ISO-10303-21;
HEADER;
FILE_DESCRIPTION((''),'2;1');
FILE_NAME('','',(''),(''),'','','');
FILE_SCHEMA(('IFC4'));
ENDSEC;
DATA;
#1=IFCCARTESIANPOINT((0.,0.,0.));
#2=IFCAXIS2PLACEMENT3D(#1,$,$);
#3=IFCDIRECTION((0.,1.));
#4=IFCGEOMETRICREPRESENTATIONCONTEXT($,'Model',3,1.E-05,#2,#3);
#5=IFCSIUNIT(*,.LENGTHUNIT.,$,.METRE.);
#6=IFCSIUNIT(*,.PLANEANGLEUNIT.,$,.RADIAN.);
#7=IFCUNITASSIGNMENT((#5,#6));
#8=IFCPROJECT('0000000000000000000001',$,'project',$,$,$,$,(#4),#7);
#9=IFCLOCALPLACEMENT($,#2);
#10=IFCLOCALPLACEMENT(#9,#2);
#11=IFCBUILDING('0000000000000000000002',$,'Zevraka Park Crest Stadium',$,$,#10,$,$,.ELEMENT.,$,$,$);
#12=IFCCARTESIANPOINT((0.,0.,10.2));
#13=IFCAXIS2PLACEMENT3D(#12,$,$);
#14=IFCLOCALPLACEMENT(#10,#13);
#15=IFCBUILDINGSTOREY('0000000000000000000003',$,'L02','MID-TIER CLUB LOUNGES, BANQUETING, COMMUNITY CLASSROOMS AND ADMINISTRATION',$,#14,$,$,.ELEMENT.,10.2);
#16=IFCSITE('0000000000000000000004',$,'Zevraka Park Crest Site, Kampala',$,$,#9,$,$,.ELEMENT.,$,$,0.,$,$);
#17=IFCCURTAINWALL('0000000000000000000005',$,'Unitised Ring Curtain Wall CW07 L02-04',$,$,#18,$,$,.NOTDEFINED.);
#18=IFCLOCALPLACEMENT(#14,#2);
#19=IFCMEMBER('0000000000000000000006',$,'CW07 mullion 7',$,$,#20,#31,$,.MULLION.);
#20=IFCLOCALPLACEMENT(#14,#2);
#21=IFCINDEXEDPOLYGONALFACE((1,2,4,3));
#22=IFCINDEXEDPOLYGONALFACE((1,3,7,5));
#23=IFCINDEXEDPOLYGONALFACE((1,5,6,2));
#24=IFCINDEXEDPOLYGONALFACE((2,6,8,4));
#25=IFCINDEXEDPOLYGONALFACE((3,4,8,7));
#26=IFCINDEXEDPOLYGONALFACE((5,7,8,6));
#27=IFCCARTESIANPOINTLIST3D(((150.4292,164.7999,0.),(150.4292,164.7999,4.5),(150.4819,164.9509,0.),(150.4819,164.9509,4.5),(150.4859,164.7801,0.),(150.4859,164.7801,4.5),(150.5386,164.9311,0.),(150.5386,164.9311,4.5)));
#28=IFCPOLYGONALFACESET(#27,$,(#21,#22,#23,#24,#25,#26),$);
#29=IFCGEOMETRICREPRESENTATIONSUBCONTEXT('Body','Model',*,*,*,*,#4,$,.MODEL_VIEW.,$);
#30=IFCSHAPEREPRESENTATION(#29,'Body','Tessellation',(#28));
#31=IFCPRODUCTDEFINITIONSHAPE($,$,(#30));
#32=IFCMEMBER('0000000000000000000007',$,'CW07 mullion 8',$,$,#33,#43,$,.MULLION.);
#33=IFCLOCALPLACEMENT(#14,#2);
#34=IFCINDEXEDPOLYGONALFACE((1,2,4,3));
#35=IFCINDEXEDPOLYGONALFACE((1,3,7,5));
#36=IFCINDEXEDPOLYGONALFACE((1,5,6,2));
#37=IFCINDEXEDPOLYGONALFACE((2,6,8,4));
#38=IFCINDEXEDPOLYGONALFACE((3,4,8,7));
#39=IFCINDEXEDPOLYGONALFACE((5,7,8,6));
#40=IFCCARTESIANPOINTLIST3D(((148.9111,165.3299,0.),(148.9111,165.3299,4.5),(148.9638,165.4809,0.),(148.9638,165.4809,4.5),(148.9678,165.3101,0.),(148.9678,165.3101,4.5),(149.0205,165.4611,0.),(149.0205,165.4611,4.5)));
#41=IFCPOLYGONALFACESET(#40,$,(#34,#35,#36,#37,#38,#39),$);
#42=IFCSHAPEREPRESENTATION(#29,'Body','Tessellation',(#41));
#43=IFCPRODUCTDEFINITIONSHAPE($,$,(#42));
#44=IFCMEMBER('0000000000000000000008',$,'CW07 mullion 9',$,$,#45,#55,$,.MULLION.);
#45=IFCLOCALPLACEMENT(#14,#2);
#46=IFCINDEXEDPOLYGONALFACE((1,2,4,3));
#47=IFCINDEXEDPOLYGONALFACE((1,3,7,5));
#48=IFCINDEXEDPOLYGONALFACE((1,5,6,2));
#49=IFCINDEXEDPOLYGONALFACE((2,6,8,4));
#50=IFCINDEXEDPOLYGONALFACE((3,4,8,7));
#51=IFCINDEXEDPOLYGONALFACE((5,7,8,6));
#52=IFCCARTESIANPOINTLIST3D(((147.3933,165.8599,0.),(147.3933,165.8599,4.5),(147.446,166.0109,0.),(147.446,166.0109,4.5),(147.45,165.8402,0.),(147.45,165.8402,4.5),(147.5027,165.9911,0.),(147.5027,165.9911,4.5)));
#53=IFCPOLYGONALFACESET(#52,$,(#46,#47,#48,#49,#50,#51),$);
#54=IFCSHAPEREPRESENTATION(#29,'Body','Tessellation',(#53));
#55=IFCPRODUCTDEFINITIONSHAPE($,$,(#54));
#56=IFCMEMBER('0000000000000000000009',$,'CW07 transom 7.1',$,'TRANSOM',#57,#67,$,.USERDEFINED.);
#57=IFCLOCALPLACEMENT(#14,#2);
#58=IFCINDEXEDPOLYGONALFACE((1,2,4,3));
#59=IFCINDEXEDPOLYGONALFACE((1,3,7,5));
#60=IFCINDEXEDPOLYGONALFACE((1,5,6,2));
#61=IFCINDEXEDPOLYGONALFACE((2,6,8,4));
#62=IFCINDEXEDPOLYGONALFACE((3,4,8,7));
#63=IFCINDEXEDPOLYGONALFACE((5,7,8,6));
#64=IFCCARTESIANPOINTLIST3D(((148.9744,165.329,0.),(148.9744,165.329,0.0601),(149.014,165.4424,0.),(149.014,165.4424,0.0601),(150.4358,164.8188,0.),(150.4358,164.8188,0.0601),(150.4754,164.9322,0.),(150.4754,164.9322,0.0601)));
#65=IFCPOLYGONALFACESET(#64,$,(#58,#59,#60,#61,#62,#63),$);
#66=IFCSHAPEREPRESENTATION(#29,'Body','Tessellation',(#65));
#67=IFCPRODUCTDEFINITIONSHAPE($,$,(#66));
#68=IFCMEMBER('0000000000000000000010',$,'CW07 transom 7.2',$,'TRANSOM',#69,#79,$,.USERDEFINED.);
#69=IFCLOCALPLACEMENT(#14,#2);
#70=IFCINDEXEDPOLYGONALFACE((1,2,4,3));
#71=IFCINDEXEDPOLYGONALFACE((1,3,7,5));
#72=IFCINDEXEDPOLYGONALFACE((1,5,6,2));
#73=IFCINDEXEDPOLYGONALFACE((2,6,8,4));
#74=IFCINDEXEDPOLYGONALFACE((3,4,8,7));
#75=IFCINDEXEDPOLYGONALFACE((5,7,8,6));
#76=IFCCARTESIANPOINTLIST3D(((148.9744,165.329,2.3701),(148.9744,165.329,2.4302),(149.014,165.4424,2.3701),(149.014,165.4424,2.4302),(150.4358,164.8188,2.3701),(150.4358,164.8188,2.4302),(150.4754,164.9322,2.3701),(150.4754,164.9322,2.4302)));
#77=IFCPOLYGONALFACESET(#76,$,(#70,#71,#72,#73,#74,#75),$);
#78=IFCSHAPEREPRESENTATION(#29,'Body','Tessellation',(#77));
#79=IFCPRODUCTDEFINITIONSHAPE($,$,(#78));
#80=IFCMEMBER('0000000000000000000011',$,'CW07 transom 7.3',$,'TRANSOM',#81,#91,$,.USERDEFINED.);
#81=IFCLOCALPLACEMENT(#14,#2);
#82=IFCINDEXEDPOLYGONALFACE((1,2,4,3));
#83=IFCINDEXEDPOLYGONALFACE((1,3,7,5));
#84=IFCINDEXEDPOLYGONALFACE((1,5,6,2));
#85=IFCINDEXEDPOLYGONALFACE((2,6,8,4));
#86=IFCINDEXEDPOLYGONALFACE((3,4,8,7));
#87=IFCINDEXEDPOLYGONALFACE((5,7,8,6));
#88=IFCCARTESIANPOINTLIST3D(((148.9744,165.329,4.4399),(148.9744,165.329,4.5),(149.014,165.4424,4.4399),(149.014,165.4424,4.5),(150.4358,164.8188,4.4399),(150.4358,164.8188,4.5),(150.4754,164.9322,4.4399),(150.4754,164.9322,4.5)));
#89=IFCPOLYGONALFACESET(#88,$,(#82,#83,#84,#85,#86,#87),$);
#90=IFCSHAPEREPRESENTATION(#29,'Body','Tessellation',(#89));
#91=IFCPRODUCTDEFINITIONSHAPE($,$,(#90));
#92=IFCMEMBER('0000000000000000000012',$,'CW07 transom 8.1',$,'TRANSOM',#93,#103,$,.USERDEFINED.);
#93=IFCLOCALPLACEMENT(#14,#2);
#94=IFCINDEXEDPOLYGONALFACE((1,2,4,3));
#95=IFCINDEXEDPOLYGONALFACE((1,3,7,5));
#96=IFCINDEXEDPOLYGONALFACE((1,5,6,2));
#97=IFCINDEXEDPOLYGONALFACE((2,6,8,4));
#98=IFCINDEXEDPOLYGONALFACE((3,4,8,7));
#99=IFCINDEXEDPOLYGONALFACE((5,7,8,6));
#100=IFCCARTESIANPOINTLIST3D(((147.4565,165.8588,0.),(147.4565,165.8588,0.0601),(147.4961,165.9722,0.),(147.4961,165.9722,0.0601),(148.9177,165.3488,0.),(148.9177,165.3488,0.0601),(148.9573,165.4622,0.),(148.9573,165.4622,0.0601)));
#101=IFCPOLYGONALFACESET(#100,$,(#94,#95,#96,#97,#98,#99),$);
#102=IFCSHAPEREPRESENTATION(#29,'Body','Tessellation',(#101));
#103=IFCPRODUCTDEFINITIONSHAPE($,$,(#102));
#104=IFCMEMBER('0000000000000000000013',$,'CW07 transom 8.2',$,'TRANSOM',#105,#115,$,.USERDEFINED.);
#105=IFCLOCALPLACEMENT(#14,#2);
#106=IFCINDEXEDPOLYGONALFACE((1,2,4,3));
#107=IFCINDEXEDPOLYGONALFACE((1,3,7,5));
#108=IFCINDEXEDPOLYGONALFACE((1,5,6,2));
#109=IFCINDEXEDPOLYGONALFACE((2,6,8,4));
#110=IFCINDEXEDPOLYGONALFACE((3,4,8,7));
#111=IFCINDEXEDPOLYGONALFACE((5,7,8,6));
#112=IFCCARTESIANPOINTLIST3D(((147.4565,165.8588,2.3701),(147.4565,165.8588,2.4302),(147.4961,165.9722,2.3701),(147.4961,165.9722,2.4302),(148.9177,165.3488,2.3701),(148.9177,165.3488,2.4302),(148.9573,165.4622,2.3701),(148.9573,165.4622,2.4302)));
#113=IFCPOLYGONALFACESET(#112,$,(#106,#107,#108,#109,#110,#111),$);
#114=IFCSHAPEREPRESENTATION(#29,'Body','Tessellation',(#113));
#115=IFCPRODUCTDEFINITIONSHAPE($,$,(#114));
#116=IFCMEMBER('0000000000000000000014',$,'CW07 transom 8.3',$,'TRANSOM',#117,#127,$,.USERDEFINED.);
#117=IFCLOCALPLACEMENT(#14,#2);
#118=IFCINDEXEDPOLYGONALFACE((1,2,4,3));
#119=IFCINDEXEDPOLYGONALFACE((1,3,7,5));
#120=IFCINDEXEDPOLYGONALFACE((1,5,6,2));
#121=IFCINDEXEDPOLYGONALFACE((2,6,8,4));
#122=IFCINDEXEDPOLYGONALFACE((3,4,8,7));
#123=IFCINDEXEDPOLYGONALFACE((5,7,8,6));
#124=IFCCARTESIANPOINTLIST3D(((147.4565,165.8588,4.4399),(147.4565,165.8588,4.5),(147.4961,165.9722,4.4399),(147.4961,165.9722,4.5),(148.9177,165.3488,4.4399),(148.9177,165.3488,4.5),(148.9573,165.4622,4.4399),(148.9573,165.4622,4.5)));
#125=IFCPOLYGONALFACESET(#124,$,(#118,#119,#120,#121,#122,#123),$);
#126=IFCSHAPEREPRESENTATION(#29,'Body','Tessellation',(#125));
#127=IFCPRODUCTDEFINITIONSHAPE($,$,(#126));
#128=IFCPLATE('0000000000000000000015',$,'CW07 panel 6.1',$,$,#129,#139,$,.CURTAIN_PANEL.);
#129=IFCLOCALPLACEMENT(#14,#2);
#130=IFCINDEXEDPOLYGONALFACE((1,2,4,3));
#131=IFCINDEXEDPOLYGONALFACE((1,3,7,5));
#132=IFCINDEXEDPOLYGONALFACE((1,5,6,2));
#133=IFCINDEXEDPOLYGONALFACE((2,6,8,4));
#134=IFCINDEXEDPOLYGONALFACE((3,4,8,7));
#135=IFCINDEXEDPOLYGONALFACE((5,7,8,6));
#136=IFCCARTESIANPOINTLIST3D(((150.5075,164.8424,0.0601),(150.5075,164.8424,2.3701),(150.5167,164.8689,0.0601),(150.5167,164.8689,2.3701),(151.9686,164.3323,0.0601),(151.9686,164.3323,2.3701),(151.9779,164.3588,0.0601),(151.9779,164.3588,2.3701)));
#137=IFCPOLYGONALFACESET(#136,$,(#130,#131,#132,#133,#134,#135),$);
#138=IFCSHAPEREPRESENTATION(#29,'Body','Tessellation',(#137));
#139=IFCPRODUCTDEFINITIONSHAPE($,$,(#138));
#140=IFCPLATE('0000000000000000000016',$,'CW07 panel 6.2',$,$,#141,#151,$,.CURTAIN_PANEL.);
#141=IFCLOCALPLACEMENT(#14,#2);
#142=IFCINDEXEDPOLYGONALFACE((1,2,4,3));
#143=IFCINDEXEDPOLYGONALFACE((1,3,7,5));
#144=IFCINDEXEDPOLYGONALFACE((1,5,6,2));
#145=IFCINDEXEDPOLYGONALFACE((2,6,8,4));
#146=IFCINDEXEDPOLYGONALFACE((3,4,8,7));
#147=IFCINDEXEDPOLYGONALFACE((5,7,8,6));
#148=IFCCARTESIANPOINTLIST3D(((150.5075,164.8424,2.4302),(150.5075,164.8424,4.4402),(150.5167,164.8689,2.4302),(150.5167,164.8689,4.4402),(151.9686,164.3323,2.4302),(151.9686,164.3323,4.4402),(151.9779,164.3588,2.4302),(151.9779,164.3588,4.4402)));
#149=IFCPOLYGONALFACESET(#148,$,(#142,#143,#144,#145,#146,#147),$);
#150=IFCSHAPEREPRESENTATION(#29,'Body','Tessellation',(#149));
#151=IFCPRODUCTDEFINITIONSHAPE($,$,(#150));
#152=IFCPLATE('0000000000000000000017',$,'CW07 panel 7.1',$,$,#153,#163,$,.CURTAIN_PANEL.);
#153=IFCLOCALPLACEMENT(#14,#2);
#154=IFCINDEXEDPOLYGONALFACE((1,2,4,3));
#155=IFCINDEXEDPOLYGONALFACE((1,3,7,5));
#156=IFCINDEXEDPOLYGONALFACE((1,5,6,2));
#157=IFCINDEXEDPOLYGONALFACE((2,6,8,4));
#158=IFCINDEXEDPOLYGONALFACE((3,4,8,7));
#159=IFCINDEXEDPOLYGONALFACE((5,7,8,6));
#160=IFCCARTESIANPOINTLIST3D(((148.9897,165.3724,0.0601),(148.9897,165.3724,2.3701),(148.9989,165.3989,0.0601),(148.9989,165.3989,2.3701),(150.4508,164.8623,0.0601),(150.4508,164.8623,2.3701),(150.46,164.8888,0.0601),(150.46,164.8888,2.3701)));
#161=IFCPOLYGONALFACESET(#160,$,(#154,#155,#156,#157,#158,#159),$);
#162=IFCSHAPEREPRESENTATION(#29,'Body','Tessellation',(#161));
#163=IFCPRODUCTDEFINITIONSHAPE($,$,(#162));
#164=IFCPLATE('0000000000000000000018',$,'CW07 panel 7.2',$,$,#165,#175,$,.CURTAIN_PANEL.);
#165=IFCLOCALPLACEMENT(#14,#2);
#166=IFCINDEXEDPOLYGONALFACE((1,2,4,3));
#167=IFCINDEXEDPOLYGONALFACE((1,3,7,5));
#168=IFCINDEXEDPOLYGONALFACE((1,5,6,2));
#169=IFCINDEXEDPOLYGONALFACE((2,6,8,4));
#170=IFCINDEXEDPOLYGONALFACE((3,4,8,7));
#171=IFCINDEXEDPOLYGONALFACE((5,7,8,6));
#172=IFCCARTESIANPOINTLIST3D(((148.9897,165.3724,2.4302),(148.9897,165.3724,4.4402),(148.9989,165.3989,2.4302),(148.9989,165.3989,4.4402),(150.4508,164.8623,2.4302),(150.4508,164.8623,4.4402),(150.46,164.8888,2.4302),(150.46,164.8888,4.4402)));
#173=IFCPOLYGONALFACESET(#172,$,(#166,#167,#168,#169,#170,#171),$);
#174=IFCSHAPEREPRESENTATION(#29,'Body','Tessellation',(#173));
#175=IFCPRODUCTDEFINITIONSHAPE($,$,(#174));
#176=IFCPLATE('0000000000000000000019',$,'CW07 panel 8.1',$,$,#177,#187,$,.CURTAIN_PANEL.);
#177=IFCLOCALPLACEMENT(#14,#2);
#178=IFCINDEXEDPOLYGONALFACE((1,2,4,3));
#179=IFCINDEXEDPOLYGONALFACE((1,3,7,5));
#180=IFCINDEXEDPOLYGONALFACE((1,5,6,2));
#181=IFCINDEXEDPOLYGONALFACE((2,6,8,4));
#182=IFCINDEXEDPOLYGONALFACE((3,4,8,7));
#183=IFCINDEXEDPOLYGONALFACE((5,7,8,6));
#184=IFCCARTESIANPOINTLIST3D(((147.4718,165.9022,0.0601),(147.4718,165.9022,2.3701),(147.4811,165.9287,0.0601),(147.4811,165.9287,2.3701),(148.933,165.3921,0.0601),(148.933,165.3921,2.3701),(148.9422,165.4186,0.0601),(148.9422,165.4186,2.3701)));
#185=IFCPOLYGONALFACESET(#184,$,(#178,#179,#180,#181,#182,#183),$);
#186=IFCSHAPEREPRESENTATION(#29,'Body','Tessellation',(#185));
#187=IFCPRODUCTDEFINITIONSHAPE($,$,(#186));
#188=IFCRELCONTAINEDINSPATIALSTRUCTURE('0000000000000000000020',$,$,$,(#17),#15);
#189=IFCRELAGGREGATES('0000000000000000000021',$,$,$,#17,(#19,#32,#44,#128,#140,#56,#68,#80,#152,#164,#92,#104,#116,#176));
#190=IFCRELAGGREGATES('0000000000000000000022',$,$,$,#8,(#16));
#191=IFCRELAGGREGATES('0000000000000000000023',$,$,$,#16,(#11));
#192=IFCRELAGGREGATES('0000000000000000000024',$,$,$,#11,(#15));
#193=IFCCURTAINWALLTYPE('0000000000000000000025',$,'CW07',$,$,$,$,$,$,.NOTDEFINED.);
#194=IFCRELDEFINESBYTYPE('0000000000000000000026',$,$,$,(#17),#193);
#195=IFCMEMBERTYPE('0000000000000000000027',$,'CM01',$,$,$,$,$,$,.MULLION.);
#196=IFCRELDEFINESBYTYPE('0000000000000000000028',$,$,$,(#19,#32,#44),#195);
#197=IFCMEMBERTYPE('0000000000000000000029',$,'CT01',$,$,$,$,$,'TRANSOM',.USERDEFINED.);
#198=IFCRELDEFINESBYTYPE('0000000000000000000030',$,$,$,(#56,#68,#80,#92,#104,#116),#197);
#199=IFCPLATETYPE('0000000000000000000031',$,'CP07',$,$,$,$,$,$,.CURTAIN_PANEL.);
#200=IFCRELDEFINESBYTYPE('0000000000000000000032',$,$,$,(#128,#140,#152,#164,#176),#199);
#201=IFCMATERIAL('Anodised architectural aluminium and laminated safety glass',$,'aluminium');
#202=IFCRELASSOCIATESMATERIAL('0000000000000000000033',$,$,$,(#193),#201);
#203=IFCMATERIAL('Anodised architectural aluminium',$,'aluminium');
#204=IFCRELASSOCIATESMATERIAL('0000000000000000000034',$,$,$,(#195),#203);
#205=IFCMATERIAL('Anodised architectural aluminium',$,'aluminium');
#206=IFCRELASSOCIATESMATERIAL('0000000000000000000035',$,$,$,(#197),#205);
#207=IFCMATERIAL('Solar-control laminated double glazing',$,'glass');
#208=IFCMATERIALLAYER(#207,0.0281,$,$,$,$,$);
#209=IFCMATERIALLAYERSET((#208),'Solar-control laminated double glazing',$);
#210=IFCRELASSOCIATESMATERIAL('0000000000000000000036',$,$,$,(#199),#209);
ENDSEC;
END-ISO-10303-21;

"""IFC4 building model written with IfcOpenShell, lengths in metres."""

from ifc_helpers import new_model, si_unit, direction, frame, origin, origin_2d, place, context, subcontext, project, spatial, rectangle, extrude, material, layer, layer_set, material_profile, profile_set, type_object, element, aggregate, save


model = new_model("IFC4")

# Units and contexts
model_context = context("Model", 3, precision=1e-05, world=origin(), true_north=direction((0.0, 1.0)))
body_context = subcontext(model_context, "Body", "Model", "MODEL_VIEW")
ifc_project = project(units=[si_unit("LENGTHUNIT", "METRE"), si_unit("PLANEANGLEUNIT", "RADIAN")], contexts=[model_context])

# Site, building, storey
site_placement = place(None, origin())
site = spatial("IfcSite", under=ifc_project, at=site_placement, Name="Zevraka Park Crest Site, Kampala", CompositionType="ELEMENT", RefElevation=0.0)
building_placement = place(site_placement, origin())
building = spatial("IfcBuilding", under=site, at=building_placement, Name="Zevraka Park Crest Stadium", CompositionType="ELEMENT")
storey_placement = place(building_placement, frame((0.0, 0.0, 10.2)))
storey = spatial("IfcBuildingStorey", under=building, at=storey_placement, Name="L02", Description="MID-TIER CLUB LOUNGES, BANQUETING, COMMUNITY CLASSROOMS AND ADMINISTRATION", CompositionType="ELEMENT", Elevation=10.2)

# Curtain wall, members, plates
ifc_material_1 = material(Name="Anodised architectural aluminium and laminated safety glass", Category="aluminium")
curtain_wall_type = type_object("IfcCurtainWallType", Name="CW07", PredefinedType="NOTDEFINED", material=ifc_material_1)
curtain_wall_placement = place(storey_placement, origin())
curtain_wall = element("IfcCurtainWall", 1, at=curtain_wall_placement, inside=storey, type_object=curtain_wall_type, Name="Unitised Ring Curtain Wall CW07 L02-04", PredefinedType="NOTDEFINED")
ifc_material_2 = material(Name="Anodised architectural aluminium", Category="aluminium")
ifc_material_profile_1 = material_profile(ifc_material_2, rectangle(XDim=0.1599, YDim=0.0601, at=origin_2d()), Name="ALU MULLION 160x60")
ifc_profile_set_1 = profile_set([ifc_material_profile_1], Name="Anodised architectural aluminium")
member_type_1 = type_object("IfcMemberType", Name="CM01", PredefinedType="MULLION", material=ifc_profile_set_1)
member_1_placement = place(storey_placement, frame((150.4839, 164.8655, 0.0), z_axis=(0.0, 0.0, 1.0), x_axis=(-0.329619, -0.944114, 0.0)))
member_1 = element("IfcMember", 2, at=member_1_placement, type_object=member_type_1, Name="CW07 mullion 7", PredefinedType="MULLION", context=body_context, shape_type="SweptSolid", body=[
    extrude(rectangle(XDim=0.1599, YDim=0.0601, at=origin_2d()), origin(), (0.0, 0.0, 1.0), 4.5),
])
member_2_placement = place(storey_placement, frame((148.9658, 165.3955, 0.0), z_axis=(0.0, 0.0, 1.0), x_axis=(-0.329619, -0.944114, 0.0)))
member_2 = element("IfcMember", 3, at=member_2_placement, type_object=member_type_1, Name="CW07 mullion 8", PredefinedType="MULLION", context=body_context, shape_type="SweptSolid", body=[
    extrude(rectangle(XDim=0.1599, YDim=0.0601, at=origin_2d()), origin(), (0.0, 0.0, 1.0), 4.5),
])
member_3_placement = place(storey_placement, frame((147.448, 165.9255, 0.0), z_axis=(0.0, 0.0, 1.0), x_axis=(-0.329619, -0.944114, 0.0)))
member_3 = element("IfcMember", 4, at=member_3_placement, type_object=member_type_1, Name="CW07 mullion 9", PredefinedType="MULLION", context=body_context, shape_type="SweptSolid", body=[
    extrude(rectangle(XDim=0.1599, YDim=0.0601, at=origin_2d()), origin(), (0.0, 0.0, 1.0), 4.5),
])
ifc_material_3 = material(Name="Anodised architectural aluminium", Category="aluminium")
ifc_material_profile_2 = material_profile(ifc_material_3, rectangle(XDim=0.1201, YDim=0.0601, at=origin_2d()), Name="ALU TRANSOM 120x60")
ifc_profile_set_2 = profile_set([ifc_material_profile_2], Name="Anodised architectural aluminium")
member_type_2 = type_object("IfcMemberType", Name="CT01", ElementType="TRANSOM", PredefinedType="USERDEFINED", material=ifc_profile_set_2)
member_4_placement = place(storey_placement, frame((150.4556, 164.8755, 0.03), z_axis=(-0.944109, 0.329634, 0.0), x_axis=(-0.329634, -0.944109, 0.0)))
member_4 = element("IfcMember", 5, at=member_4_placement, type_object=member_type_2, Name="CW07 transom 7.1", ObjectType="TRANSOM", PredefinedType="USERDEFINED", context=body_context, shape_type="SweptSolid", body=[
    extrude(rectangle(XDim=0.1201, YDim=0.0601, at=origin_2d()), origin(), (0.0, 0.0, 1.0), 1.5479),
])
member_5_placement = place(storey_placement, frame((150.4556, 164.8755, 2.4001), z_axis=(-0.944109, 0.329634, 0.0), x_axis=(-0.329634, -0.944109, 0.0)))
member_5 = element("IfcMember", 6, at=member_5_placement, type_object=member_type_2, Name="CW07 transom 7.2", ObjectType="TRANSOM", PredefinedType="USERDEFINED", context=body_context, shape_type="SweptSolid", body=[
    extrude(rectangle(XDim=0.1201, YDim=0.0601, at=origin_2d()), origin(), (0.0, 0.0, 1.0), 1.5479),
])
member_6_placement = place(storey_placement, frame((150.4556, 164.8755, 4.47), z_axis=(-0.944109, 0.329634, 0.0), x_axis=(-0.329634, -0.944109, 0.0)))
member_6 = element("IfcMember", 7, at=member_6_placement, type_object=member_type_2, Name="CW07 transom 7.3", ObjectType="TRANSOM", PredefinedType="USERDEFINED", context=body_context, shape_type="SweptSolid", body=[
    extrude(rectangle(XDim=0.1201, YDim=0.0601, at=origin_2d()), origin(), (0.0, 0.0, 1.0), 1.5479),
])
member_7_placement = place(storey_placement, frame((148.9375, 165.4055, 0.03), z_axis=(-0.944141, 0.329542, 0.0), x_axis=(-0.329542, -0.944141, 0.0)))
member_7 = element("IfcMember", 8, at=member_7_placement, type_object=member_type_2, Name="CW07 transom 8.1", ObjectType="TRANSOM", PredefinedType="USERDEFINED", context=body_context, shape_type="SweptSolid", body=[
    extrude(rectangle(XDim=0.1201, YDim=0.0601, at=origin_2d()), origin(), (0.0, 0.0, 1.0), 1.5476),
])
member_8_placement = place(storey_placement, frame((148.9375, 165.4055, 2.4001), z_axis=(-0.944141, 0.329542, 0.0), x_axis=(-0.329542, -0.944141, 0.0)))
member_8 = element("IfcMember", 9, at=member_8_placement, type_object=member_type_2, Name="CW07 transom 8.2", ObjectType="TRANSOM", PredefinedType="USERDEFINED", context=body_context, shape_type="SweptSolid", body=[
    extrude(rectangle(XDim=0.1201, YDim=0.0601, at=origin_2d()), origin(), (0.0, 0.0, 1.0), 1.5476),
])
member_9_placement = place(storey_placement, frame((148.9375, 165.4055, 4.47), z_axis=(-0.944141, 0.329542, 0.0), x_axis=(-0.329542, -0.944141, 0.0)))
member_9 = element("IfcMember", 10, at=member_9_placement, type_object=member_type_2, Name="CW07 transom 8.3", ObjectType="TRANSOM", PredefinedType="USERDEFINED", context=body_context, shape_type="SweptSolid", body=[
    extrude(rectangle(XDim=0.1201, YDim=0.0601, at=origin_2d()), origin(), (0.0, 0.0, 1.0), 1.5476),
])
ifc_material_4 = material(Name="Solar-control laminated double glazing", Category="glass")
ifc_layer_1 = layer(ifc_material_4, 0.0281)
ifc_layer_set_1 = layer_set([ifc_layer_1], Name="Solar-control laminated double glazing")
plate_type = type_object("IfcPlateType", Name="CP07", PredefinedType="CURTAIN_PANEL", material=ifc_layer_set_1)
plate_1_placement = place(storey_placement, frame((151.2427, 164.6006, 0.0601), z_axis=(0.0, 0.0, 1.0), x_axis=(-0.944114, 0.329619, 0.0)))
plate_1 = element("IfcPlate", 11, at=plate_1_placement, type_object=plate_type, Name="CW07 panel 6.1", PredefinedType="CURTAIN_PANEL", context=body_context, shape_type="SweptSolid", body=[
    extrude(rectangle(XDim=1.5476, YDim=0.0281, at=origin_2d()), origin(), (0.0, 0.0, 1.0), 2.3101),
])
plate_2_placement = place(storey_placement, frame((151.2427, 164.6006, 2.4302), z_axis=(0.0, 0.0, 1.0), x_axis=(-0.944114, 0.329619, 0.0)))
plate_2 = element("IfcPlate", 12, at=plate_2_placement, type_object=plate_type, Name="CW07 panel 6.2", PredefinedType="CURTAIN_PANEL", context=body_context, shape_type="SweptSolid", body=[
    extrude(rectangle(XDim=1.5476, YDim=0.0281, at=origin_2d()), origin(), (0.0, 0.0, 1.0), 2.01),
])
plate_3_placement = place(storey_placement, frame((149.7249, 165.1306, 0.0601), z_axis=(0.0, 0.0, 1.0), x_axis=(-0.944114, 0.329619, 0.0)))
plate_3 = element("IfcPlate", 13, at=plate_3_placement, type_object=plate_type, Name="CW07 panel 7.1", PredefinedType="CURTAIN_PANEL", context=body_context, shape_type="SweptSolid", body=[
    extrude(rectangle(XDim=1.5476, YDim=0.0281, at=origin_2d()), origin(), (0.0, 0.0, 1.0), 2.3101),
])
plate_4_placement = place(storey_placement, frame((149.7249, 165.1306, 2.4302), z_axis=(0.0, 0.0, 1.0), x_axis=(-0.944114, 0.329619, 0.0)))
plate_4 = element("IfcPlate", 14, at=plate_4_placement, type_object=plate_type, Name="CW07 panel 7.2", PredefinedType="CURTAIN_PANEL", context=body_context, shape_type="SweptSolid", body=[
    extrude(rectangle(XDim=1.5476, YDim=0.0281, at=origin_2d()), origin(), (0.0, 0.0, 1.0), 2.01),
])
plate_5_placement = place(storey_placement, frame((148.207, 165.6604, 0.0601), z_axis=(0.0, 0.0, 1.0), x_axis=(-0.944114, 0.329619, 0.0)))
plate_5 = element("IfcPlate", 15, at=plate_5_placement, type_object=plate_type, Name="CW07 panel 8.1", PredefinedType="CURTAIN_PANEL", context=body_context, shape_type="SweptSolid", body=[
    extrude(rectangle(XDim=1.5476, YDim=0.0281, at=origin_2d()), origin(), (0.0, 0.0, 1.0), 2.3101),
])
aggregate(curtain_wall, [member_1, member_2, member_3, plate_1, plate_2, member_4, member_5, member_6, plate_3, plate_4, member_7, member_8, member_9, plate_5])

save(model, "model.ifc")
